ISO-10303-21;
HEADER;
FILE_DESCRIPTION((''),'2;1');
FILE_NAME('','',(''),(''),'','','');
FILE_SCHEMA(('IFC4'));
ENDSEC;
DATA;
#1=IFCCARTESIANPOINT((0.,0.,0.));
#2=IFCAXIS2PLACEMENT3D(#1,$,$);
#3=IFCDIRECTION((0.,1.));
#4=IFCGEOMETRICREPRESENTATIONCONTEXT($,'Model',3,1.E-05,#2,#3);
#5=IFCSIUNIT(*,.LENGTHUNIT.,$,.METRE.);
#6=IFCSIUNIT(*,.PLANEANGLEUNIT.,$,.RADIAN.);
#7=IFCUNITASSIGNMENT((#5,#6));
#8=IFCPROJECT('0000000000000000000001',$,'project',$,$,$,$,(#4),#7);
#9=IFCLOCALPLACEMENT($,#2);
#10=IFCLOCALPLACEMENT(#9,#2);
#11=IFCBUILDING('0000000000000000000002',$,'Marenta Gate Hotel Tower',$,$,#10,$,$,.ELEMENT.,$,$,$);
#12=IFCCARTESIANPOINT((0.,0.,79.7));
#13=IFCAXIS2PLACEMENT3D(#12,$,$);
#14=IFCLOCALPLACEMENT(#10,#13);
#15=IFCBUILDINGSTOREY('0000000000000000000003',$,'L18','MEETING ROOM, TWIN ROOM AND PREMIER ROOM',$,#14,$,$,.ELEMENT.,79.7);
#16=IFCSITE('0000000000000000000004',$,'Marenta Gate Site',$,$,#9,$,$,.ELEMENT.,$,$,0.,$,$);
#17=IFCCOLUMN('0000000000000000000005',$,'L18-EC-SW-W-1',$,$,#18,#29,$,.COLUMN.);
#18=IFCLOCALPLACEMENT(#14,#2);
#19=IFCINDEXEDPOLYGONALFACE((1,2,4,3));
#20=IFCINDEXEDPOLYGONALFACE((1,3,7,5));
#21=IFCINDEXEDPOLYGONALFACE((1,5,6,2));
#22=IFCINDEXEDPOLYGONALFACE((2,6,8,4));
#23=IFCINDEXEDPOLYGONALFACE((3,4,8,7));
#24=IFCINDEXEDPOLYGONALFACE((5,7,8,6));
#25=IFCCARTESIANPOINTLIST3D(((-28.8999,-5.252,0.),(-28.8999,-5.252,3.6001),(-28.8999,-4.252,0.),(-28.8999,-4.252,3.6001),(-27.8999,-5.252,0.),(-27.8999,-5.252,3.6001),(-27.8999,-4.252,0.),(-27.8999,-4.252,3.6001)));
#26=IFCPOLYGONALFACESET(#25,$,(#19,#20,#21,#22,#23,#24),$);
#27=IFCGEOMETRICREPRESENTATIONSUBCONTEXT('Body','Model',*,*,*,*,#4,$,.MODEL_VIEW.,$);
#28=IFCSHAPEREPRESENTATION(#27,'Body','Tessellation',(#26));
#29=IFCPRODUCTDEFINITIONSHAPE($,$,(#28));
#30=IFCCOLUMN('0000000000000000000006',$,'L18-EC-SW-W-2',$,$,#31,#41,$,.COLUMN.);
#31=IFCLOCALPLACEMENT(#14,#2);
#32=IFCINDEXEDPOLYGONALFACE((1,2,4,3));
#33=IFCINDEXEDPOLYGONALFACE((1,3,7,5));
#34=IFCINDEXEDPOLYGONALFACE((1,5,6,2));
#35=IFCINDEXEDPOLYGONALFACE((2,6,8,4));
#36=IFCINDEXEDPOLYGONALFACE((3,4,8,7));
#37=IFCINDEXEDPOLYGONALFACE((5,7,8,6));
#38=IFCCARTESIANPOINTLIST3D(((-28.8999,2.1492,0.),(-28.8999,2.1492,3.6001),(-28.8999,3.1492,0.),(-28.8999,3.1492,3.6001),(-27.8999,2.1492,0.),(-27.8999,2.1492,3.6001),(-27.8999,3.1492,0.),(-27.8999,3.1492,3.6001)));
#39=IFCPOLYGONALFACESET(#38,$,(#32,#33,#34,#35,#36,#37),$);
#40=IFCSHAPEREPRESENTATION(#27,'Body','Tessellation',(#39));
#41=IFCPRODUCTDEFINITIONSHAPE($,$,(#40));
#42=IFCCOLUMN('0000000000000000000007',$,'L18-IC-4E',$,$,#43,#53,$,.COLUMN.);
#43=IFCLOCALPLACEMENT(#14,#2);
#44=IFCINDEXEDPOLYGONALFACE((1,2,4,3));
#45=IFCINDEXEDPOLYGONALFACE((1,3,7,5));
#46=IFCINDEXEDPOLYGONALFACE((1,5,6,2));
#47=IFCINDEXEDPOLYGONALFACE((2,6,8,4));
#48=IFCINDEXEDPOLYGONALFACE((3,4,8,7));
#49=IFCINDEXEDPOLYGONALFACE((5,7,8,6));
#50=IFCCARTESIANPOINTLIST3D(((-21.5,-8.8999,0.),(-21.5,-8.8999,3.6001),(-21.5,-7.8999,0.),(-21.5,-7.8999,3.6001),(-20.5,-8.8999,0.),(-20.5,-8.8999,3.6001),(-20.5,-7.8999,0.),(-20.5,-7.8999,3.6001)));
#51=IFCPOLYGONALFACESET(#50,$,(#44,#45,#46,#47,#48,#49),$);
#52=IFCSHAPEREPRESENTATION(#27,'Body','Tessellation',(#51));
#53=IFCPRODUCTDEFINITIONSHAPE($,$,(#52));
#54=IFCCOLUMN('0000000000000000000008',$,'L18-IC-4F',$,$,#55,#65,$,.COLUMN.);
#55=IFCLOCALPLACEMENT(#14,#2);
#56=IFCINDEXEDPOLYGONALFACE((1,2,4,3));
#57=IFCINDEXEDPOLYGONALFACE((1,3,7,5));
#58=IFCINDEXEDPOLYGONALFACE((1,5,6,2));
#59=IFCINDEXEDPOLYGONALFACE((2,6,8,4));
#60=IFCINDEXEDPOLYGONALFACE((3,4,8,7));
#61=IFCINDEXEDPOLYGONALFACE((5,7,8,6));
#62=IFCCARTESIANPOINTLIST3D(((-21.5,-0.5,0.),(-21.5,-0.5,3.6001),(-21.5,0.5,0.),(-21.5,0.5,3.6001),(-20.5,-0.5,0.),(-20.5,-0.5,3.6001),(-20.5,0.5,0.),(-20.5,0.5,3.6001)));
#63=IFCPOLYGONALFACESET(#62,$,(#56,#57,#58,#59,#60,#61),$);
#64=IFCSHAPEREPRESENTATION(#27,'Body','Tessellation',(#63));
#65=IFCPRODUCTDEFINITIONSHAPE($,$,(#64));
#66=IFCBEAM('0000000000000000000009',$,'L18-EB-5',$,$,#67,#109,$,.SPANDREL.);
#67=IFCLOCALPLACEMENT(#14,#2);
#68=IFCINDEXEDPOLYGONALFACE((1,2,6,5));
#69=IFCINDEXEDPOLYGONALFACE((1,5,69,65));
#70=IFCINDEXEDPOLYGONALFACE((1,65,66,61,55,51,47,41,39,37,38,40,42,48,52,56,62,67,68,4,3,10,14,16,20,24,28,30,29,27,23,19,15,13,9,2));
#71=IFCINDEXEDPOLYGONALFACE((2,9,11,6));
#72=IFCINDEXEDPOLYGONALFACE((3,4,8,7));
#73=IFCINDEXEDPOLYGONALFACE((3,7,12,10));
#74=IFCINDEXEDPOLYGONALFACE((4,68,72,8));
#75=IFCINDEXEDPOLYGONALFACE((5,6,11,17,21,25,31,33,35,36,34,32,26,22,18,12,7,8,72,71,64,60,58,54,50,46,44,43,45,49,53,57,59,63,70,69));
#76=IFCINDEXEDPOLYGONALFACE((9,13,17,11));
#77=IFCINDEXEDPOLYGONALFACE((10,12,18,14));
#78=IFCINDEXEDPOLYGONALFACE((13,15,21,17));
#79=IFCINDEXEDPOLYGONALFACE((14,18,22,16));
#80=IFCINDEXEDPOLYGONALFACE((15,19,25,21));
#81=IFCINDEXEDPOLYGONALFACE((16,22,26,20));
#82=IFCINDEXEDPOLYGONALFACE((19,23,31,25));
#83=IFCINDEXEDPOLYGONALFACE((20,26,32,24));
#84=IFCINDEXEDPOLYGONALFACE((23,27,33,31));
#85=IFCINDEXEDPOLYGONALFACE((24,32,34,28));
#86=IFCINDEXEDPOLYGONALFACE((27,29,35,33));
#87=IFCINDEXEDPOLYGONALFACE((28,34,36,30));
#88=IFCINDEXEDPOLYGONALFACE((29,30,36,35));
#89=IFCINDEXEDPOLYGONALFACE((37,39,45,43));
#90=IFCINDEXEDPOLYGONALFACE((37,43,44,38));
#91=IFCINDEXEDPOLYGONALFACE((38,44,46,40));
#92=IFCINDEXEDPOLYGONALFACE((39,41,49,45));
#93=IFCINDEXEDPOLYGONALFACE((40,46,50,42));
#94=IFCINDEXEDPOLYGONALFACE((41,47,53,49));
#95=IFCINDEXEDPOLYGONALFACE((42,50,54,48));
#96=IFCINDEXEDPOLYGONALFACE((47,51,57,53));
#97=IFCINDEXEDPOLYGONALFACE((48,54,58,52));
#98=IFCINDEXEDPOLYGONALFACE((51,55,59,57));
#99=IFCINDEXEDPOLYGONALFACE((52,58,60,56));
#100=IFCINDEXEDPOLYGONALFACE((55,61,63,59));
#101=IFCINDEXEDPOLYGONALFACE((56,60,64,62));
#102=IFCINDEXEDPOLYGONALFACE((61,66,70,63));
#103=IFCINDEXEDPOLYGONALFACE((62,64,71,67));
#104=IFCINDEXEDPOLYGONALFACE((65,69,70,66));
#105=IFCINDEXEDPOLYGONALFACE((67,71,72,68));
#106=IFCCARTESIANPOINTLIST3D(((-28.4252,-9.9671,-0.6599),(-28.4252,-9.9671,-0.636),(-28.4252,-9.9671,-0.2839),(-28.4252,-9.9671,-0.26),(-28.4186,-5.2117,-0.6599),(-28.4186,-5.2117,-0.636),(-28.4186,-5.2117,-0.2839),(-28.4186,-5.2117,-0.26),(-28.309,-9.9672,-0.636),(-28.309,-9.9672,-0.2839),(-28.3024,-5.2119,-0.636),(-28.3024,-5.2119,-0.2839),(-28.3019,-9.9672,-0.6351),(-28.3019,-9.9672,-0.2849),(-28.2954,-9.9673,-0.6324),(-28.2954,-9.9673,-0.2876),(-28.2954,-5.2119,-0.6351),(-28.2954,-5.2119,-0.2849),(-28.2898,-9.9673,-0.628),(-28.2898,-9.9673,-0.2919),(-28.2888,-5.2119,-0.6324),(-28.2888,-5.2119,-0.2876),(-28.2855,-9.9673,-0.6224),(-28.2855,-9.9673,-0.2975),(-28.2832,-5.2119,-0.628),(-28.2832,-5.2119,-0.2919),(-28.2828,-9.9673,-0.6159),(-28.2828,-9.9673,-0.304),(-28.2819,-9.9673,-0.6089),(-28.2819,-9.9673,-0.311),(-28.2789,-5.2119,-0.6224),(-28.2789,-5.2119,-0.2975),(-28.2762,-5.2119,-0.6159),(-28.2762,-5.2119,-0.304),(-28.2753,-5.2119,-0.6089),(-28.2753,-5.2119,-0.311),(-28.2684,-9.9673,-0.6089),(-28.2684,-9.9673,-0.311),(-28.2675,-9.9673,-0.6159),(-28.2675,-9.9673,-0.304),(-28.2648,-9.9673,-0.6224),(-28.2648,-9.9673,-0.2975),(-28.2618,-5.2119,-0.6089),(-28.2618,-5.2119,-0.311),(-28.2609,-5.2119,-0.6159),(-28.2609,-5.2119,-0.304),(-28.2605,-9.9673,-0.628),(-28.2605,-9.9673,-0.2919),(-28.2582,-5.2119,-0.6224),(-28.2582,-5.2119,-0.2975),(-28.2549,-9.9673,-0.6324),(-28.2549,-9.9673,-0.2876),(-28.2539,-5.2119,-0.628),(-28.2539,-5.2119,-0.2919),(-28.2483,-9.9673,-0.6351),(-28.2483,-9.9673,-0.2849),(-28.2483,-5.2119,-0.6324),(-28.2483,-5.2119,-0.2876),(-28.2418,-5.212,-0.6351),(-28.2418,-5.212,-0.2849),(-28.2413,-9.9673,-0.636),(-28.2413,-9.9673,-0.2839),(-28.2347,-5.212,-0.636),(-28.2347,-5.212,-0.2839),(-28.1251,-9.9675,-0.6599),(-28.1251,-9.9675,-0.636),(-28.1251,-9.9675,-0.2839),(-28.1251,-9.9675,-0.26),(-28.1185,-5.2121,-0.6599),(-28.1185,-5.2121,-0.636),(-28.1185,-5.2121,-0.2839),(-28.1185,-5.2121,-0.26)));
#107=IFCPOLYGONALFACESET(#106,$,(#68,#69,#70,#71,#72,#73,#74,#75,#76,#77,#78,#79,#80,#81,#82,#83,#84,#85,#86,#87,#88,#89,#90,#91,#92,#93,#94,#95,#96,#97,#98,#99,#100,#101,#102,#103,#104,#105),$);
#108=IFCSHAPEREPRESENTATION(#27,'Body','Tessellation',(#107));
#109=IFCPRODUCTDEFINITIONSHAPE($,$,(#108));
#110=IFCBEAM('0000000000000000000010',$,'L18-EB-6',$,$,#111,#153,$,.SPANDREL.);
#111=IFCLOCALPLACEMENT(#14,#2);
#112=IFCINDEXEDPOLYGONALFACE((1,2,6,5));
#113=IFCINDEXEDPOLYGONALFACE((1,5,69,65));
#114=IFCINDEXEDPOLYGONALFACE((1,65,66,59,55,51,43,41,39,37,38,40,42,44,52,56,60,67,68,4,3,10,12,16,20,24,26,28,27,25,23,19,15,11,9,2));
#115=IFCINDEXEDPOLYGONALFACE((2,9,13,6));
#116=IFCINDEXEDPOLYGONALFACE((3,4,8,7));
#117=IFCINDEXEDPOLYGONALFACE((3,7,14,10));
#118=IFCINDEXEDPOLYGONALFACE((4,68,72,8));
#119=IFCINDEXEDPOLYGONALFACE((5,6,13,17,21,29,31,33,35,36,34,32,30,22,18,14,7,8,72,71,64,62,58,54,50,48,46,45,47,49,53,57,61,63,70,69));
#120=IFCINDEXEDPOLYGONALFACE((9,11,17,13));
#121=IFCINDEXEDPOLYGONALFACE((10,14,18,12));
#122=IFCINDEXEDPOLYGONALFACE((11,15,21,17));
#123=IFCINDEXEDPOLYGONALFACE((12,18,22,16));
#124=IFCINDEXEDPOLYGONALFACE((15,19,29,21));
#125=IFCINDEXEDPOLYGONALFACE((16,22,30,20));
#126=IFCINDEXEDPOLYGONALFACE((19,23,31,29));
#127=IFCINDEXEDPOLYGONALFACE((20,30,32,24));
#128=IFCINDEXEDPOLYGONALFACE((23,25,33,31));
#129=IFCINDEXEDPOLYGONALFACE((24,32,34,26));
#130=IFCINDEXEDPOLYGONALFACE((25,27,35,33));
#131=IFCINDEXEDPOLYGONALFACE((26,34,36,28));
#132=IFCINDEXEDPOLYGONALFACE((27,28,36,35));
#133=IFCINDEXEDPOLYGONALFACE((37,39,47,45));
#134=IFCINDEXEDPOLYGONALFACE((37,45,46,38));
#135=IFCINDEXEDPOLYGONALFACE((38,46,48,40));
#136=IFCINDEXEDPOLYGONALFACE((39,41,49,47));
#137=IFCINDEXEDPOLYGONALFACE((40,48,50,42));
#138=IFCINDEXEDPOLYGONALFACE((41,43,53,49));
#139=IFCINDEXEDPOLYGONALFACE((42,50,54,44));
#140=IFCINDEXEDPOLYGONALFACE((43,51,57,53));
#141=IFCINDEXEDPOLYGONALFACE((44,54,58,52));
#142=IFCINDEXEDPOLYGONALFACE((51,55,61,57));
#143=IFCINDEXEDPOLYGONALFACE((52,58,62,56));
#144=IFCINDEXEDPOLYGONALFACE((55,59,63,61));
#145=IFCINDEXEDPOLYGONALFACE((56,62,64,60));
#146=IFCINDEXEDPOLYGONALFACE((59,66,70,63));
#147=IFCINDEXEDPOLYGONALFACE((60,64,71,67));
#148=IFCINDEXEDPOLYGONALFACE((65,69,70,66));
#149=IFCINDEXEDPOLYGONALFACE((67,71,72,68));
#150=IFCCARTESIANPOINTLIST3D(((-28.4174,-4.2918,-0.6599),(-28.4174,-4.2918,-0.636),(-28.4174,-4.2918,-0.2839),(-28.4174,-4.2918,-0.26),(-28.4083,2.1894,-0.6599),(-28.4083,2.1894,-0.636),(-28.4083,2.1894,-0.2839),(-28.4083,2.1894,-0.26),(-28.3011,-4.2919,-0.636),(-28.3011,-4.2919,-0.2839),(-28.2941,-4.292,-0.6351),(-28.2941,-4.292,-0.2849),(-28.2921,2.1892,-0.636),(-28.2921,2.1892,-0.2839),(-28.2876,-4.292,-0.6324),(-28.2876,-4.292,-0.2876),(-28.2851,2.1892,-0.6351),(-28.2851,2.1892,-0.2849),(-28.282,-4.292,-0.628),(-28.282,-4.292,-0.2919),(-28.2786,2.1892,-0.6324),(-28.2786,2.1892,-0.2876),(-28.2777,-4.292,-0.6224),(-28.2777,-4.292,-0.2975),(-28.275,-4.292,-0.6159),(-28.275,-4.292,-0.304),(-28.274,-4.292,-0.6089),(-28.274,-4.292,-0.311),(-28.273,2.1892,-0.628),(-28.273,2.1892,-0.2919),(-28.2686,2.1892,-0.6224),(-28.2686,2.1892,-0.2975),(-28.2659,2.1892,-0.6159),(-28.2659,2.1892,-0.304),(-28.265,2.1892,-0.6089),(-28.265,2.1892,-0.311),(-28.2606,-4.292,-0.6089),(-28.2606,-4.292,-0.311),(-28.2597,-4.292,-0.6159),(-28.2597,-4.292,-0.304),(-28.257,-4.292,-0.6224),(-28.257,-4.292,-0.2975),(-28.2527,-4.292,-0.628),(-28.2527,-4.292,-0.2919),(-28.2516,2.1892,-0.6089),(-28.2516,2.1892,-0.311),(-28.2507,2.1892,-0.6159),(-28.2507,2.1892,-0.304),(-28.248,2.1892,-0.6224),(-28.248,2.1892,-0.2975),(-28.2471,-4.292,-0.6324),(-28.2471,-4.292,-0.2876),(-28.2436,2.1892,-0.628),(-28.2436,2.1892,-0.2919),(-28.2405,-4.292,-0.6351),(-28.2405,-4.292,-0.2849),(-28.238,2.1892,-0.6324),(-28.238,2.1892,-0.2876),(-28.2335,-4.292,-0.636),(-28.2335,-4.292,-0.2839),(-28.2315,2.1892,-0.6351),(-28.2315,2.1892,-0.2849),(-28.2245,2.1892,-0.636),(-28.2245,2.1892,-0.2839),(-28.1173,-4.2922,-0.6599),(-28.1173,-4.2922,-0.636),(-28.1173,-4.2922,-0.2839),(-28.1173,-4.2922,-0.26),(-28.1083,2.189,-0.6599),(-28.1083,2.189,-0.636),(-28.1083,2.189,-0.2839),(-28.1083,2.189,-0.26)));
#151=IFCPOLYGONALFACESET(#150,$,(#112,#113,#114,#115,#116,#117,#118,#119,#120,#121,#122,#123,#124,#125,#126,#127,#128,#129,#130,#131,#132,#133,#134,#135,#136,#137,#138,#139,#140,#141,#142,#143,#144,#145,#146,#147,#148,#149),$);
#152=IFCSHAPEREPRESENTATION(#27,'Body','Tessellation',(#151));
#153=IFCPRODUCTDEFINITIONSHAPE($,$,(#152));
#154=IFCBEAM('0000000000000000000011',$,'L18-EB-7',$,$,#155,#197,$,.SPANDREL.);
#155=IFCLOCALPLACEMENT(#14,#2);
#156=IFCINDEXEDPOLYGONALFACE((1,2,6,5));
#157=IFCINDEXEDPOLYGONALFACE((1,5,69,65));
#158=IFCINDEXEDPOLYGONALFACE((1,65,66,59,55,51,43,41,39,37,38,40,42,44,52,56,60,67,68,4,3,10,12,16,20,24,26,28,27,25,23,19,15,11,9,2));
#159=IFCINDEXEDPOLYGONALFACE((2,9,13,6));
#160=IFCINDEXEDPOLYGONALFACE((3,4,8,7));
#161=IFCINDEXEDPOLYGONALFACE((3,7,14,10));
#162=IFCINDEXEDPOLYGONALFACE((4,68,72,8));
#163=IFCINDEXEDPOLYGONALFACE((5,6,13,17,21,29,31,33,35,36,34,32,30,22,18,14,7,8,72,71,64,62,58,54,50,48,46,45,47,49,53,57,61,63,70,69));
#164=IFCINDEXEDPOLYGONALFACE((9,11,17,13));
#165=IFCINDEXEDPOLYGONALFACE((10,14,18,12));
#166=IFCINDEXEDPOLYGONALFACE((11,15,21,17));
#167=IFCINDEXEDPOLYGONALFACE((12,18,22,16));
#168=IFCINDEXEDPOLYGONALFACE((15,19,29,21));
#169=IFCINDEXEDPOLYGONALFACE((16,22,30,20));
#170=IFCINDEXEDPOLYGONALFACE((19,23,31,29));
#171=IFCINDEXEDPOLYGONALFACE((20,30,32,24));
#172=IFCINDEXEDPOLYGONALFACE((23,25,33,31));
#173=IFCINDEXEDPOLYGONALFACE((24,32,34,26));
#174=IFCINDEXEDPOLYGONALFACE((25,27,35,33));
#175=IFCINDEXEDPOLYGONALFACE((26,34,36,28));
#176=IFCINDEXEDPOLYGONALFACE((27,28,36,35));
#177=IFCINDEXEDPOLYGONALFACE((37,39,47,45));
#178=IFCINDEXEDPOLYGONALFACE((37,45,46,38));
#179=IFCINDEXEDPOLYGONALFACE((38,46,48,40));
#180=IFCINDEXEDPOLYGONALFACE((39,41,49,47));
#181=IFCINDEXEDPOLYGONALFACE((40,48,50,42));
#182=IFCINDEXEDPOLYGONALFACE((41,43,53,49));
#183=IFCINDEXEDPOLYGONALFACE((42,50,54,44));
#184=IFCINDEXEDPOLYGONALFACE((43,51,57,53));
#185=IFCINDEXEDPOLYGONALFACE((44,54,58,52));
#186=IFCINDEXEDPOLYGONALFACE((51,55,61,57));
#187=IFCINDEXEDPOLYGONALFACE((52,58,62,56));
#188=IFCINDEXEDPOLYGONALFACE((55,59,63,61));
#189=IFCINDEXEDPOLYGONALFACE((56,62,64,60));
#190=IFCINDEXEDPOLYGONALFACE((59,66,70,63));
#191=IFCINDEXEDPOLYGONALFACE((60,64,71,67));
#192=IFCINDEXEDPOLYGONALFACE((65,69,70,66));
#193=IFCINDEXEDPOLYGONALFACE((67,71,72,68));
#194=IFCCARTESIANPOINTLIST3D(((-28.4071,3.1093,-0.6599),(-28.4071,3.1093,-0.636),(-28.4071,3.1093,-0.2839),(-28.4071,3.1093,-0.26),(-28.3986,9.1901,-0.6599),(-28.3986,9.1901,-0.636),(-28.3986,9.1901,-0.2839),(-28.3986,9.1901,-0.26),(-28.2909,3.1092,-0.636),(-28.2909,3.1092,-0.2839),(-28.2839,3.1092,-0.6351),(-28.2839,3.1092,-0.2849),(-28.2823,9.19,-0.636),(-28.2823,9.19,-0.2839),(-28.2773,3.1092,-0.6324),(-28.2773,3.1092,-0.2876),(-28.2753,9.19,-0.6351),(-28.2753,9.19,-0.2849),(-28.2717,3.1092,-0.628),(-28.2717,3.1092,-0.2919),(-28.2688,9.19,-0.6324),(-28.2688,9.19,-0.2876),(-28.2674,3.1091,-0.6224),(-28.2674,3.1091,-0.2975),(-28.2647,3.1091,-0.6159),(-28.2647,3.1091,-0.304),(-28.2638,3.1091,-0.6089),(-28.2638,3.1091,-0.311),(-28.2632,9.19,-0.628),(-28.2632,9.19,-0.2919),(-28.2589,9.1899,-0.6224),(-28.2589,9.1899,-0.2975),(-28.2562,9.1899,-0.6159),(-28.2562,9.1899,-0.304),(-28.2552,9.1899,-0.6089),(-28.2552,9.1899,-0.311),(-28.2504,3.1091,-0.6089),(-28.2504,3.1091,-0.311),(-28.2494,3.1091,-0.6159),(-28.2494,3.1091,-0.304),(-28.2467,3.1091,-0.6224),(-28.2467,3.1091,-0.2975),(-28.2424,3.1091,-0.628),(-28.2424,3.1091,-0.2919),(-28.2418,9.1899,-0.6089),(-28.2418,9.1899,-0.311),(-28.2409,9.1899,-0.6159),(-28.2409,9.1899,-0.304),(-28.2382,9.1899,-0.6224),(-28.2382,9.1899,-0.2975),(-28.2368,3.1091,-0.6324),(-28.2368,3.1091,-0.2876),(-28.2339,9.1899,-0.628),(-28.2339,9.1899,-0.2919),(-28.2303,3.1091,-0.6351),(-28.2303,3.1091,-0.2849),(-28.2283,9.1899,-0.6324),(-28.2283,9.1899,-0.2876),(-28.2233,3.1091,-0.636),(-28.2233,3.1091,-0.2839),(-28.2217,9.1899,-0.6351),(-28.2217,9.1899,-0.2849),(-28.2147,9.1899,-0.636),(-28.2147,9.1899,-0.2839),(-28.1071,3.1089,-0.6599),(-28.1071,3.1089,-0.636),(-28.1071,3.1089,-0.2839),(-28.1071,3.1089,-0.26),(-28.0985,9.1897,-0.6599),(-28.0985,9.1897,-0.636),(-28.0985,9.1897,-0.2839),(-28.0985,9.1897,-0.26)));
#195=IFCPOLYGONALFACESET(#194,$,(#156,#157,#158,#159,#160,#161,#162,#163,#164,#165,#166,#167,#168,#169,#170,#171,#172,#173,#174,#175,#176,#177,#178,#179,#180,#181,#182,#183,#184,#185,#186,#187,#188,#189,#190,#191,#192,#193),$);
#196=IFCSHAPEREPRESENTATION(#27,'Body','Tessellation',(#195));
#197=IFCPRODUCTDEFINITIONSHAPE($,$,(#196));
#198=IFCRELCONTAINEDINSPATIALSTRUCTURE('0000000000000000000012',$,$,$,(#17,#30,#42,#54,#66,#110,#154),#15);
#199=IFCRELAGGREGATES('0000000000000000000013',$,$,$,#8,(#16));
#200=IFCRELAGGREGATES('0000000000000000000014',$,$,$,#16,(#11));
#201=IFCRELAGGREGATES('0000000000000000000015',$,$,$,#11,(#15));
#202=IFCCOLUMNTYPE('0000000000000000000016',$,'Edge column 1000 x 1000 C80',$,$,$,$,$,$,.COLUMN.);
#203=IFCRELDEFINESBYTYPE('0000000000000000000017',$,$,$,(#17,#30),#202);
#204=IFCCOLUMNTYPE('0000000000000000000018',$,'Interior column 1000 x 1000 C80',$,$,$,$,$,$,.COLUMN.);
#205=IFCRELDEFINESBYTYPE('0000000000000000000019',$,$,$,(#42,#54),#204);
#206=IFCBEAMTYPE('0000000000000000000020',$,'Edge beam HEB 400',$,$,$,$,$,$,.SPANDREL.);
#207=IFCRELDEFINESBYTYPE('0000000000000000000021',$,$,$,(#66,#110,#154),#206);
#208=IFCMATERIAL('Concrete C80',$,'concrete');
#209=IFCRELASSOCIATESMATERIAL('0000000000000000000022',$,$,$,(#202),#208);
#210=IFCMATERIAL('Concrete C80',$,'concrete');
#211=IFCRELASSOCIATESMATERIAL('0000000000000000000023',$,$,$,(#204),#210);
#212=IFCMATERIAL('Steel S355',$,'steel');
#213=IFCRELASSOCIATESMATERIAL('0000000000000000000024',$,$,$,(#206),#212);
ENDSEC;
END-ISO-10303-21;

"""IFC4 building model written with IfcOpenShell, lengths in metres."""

from ifc_helpers import new_model, si_unit, direction, frame, origin, origin_2d, place, context, subcontext, project, spatial, rectangle, i_section, extrude, material, material_profile, profile_set, type_object, element, save


model = new_model("IFC4")

# Units and contexts
model_context = context("Model", 3, precision=1e-05, world=origin(), true_north=direction((0.0, 1.0)))
body_context = subcontext(model_context, "Body", "Model", "MODEL_VIEW")
ifc_project = project(units=[si_unit("LENGTHUNIT", "METRE"), si_unit("PLANEANGLEUNIT", "RADIAN")], contexts=[model_context])

# Site, building, storey
site_placement = place(None, origin())
site = spatial("IfcSite", under=ifc_project, at=site_placement, Name="Marenta Gate Site", CompositionType="ELEMENT", RefElevation=0.0)
building_placement = place(site_placement, origin())
building = spatial("IfcBuilding", under=site, at=building_placement, Name="Marenta Gate Hotel Tower", CompositionType="ELEMENT")
storey_placement = place(building_placement, frame((0.0, 0.0, 79.7)))
storey = spatial("IfcBuildingStorey", under=building, at=storey_placement, Name="L18", Description="MEETING ROOM, TWIN ROOM AND PREMIER ROOM", CompositionType="ELEMENT", Elevation=79.7)

# Columns
ifc_material_1 = material(Name="Concrete C80", Category="concrete")
ifc_material_profile_1 = material_profile(ifc_material_1, rectangle(XDim=1.0, YDim=1.0, at=origin_2d()), Name="1000 x 1000")
ifc_profile_set_1 = profile_set([ifc_material_profile_1], Name="Concrete C80")
column_type_1 = type_object("IfcColumnType", Name="Edge column 1000 x 1000 C80", PredefinedType="COLUMN", material=ifc_profile_set_1)
for number, where, z_axis, x_axis, name in (
    (1, (-28.3999, -4.752, 0.0), (0.0, 0.0, 1.0), (1.0, 0.0, 0.0), "L18-EC-SW-W-1"),
    (2, (-28.3999, 2.6492, 0.0), (0.0, 0.0, 1.0), (1.0, 0.0, 0.0), "L18-EC-SW-W-2"),
):
    element("IfcColumn", number, at=place(storey_placement, frame(where, z_axis=z_axis, x_axis=x_axis)), inside=storey, type_object=column_type_1, Name=name, PredefinedType="COLUMN", context=body_context, shape_type="SweptSolid", body=[
        extrude(rectangle(XDim=1.0, YDim=1.0, at=origin_2d()), origin(), (0.0, 0.0, 1.0), 3.6001),
    ])
ifc_material_2 = material(Name="Concrete C80", Category="concrete")
ifc_material_profile_2 = material_profile(ifc_material_2, rectangle(XDim=1.0, YDim=1.0, at=origin_2d()), Name="1000 x 1000")
ifc_profile_set_2 = profile_set([ifc_material_profile_2], Name="Concrete C80")
column_type_2 = type_object("IfcColumnType", Name="Interior column 1000 x 1000 C80", PredefinedType="COLUMN", material=ifc_profile_set_2)
for number, where, z_axis, x_axis, name in (
    (3, (-21.0, -8.3999, 0.0), (0.0, 0.0, 1.0), (1.0, 0.0, 0.0), "L18-IC-4E"),
    (4, (-21.0, 0.0, 0.0), (0.0, 0.0, 1.0), (1.0, 0.0, 0.0), "L18-IC-4F"),
):
    element("IfcColumn", number, at=place(storey_placement, frame(where, z_axis=z_axis, x_axis=x_axis)), inside=storey, type_object=column_type_2, Name=name, PredefinedType="COLUMN", context=body_context, shape_type="SweptSolid", body=[
        extrude(rectangle(XDim=1.0, YDim=1.0, at=origin_2d()), origin(), (0.0, 0.0, 1.0), 3.6001),
    ])

# Beams
ifc_material_3 = material(Name="Steel S355", Category="steel")
ifc_material_profile_3 = material_profile(ifc_material_3, i_section(OverallWidth=0.3, OverallDepth=0.3999, WebThickness=0.0134, FlangeThickness=0.0239, FilletRadius=0.0271, at=origin_2d()), Name="HEB 400")
ifc_profile_set_3 = profile_set([ifc_material_profile_3], Name="Steel S355")
beam_type_1 = type_object("IfcBeamType", Name="Edge beam HEB 400", PredefinedType="SPANDREL", material=ifc_profile_set_3)
beam_1_placement = place(storey_placement, frame((-28.2751, -9.9673, -0.46), z_axis=(0.001386, 0.999999, 0.0), x_axis=(-0.999999, 0.001386, 0.0)))
element("IfcBeam", 5, at=beam_1_placement, inside=storey, type_object=beam_type_1, Name="L18-EB-5", PredefinedType="SPANDREL", context=body_context, shape_type="SweptSolid", body=[
    extrude(i_section(OverallWidth=0.3, OverallDepth=0.3999, WebThickness=0.0134, FlangeThickness=0.0239, FilletRadius=0.0271, at=origin_2d()), origin(), (0.0, 0.0, 1.0), 4.7554),
])
beam_2_placement = place(storey_placement, frame((-28.2673, -4.292, -0.46), z_axis=(0.001394, 0.999999, 0.0), x_axis=(-0.999999, 0.001394, 0.0)))
element("IfcBeam", 6, at=beam_2_placement, inside=storey, type_object=beam_type_1, Name="L18-EB-6", PredefinedType="SPANDREL", context=body_context, shape_type="SweptSolid", body=[
    extrude(i_section(OverallWidth=0.3, OverallDepth=0.3999, WebThickness=0.0134, FlangeThickness=0.0239, FilletRadius=0.0271, at=origin_2d()), origin(), (0.0, 0.0, 1.0), 6.4812),
])
beam_3_placement = place(storey_placement, frame((-28.2571, 3.1091, -0.46), z_axis=(0.001405, 0.999999, 0.0), x_axis=(-0.999999, 0.001405, 0.0)))
element("IfcBeam", 7, at=beam_3_placement, inside=storey, type_object=beam_type_1, Name="L18-EB-7", PredefinedType="SPANDREL", context=body_context, shape_type="SweptSolid", body=[
    extrude(i_section(OverallWidth=0.3, OverallDepth=0.3999, WebThickness=0.0134, FlangeThickness=0.0239, FilletRadius=0.0271, at=origin_2d()), origin(), (0.0, 0.0, 1.0), 6.0808),
])

save(model, "model.ifc")
